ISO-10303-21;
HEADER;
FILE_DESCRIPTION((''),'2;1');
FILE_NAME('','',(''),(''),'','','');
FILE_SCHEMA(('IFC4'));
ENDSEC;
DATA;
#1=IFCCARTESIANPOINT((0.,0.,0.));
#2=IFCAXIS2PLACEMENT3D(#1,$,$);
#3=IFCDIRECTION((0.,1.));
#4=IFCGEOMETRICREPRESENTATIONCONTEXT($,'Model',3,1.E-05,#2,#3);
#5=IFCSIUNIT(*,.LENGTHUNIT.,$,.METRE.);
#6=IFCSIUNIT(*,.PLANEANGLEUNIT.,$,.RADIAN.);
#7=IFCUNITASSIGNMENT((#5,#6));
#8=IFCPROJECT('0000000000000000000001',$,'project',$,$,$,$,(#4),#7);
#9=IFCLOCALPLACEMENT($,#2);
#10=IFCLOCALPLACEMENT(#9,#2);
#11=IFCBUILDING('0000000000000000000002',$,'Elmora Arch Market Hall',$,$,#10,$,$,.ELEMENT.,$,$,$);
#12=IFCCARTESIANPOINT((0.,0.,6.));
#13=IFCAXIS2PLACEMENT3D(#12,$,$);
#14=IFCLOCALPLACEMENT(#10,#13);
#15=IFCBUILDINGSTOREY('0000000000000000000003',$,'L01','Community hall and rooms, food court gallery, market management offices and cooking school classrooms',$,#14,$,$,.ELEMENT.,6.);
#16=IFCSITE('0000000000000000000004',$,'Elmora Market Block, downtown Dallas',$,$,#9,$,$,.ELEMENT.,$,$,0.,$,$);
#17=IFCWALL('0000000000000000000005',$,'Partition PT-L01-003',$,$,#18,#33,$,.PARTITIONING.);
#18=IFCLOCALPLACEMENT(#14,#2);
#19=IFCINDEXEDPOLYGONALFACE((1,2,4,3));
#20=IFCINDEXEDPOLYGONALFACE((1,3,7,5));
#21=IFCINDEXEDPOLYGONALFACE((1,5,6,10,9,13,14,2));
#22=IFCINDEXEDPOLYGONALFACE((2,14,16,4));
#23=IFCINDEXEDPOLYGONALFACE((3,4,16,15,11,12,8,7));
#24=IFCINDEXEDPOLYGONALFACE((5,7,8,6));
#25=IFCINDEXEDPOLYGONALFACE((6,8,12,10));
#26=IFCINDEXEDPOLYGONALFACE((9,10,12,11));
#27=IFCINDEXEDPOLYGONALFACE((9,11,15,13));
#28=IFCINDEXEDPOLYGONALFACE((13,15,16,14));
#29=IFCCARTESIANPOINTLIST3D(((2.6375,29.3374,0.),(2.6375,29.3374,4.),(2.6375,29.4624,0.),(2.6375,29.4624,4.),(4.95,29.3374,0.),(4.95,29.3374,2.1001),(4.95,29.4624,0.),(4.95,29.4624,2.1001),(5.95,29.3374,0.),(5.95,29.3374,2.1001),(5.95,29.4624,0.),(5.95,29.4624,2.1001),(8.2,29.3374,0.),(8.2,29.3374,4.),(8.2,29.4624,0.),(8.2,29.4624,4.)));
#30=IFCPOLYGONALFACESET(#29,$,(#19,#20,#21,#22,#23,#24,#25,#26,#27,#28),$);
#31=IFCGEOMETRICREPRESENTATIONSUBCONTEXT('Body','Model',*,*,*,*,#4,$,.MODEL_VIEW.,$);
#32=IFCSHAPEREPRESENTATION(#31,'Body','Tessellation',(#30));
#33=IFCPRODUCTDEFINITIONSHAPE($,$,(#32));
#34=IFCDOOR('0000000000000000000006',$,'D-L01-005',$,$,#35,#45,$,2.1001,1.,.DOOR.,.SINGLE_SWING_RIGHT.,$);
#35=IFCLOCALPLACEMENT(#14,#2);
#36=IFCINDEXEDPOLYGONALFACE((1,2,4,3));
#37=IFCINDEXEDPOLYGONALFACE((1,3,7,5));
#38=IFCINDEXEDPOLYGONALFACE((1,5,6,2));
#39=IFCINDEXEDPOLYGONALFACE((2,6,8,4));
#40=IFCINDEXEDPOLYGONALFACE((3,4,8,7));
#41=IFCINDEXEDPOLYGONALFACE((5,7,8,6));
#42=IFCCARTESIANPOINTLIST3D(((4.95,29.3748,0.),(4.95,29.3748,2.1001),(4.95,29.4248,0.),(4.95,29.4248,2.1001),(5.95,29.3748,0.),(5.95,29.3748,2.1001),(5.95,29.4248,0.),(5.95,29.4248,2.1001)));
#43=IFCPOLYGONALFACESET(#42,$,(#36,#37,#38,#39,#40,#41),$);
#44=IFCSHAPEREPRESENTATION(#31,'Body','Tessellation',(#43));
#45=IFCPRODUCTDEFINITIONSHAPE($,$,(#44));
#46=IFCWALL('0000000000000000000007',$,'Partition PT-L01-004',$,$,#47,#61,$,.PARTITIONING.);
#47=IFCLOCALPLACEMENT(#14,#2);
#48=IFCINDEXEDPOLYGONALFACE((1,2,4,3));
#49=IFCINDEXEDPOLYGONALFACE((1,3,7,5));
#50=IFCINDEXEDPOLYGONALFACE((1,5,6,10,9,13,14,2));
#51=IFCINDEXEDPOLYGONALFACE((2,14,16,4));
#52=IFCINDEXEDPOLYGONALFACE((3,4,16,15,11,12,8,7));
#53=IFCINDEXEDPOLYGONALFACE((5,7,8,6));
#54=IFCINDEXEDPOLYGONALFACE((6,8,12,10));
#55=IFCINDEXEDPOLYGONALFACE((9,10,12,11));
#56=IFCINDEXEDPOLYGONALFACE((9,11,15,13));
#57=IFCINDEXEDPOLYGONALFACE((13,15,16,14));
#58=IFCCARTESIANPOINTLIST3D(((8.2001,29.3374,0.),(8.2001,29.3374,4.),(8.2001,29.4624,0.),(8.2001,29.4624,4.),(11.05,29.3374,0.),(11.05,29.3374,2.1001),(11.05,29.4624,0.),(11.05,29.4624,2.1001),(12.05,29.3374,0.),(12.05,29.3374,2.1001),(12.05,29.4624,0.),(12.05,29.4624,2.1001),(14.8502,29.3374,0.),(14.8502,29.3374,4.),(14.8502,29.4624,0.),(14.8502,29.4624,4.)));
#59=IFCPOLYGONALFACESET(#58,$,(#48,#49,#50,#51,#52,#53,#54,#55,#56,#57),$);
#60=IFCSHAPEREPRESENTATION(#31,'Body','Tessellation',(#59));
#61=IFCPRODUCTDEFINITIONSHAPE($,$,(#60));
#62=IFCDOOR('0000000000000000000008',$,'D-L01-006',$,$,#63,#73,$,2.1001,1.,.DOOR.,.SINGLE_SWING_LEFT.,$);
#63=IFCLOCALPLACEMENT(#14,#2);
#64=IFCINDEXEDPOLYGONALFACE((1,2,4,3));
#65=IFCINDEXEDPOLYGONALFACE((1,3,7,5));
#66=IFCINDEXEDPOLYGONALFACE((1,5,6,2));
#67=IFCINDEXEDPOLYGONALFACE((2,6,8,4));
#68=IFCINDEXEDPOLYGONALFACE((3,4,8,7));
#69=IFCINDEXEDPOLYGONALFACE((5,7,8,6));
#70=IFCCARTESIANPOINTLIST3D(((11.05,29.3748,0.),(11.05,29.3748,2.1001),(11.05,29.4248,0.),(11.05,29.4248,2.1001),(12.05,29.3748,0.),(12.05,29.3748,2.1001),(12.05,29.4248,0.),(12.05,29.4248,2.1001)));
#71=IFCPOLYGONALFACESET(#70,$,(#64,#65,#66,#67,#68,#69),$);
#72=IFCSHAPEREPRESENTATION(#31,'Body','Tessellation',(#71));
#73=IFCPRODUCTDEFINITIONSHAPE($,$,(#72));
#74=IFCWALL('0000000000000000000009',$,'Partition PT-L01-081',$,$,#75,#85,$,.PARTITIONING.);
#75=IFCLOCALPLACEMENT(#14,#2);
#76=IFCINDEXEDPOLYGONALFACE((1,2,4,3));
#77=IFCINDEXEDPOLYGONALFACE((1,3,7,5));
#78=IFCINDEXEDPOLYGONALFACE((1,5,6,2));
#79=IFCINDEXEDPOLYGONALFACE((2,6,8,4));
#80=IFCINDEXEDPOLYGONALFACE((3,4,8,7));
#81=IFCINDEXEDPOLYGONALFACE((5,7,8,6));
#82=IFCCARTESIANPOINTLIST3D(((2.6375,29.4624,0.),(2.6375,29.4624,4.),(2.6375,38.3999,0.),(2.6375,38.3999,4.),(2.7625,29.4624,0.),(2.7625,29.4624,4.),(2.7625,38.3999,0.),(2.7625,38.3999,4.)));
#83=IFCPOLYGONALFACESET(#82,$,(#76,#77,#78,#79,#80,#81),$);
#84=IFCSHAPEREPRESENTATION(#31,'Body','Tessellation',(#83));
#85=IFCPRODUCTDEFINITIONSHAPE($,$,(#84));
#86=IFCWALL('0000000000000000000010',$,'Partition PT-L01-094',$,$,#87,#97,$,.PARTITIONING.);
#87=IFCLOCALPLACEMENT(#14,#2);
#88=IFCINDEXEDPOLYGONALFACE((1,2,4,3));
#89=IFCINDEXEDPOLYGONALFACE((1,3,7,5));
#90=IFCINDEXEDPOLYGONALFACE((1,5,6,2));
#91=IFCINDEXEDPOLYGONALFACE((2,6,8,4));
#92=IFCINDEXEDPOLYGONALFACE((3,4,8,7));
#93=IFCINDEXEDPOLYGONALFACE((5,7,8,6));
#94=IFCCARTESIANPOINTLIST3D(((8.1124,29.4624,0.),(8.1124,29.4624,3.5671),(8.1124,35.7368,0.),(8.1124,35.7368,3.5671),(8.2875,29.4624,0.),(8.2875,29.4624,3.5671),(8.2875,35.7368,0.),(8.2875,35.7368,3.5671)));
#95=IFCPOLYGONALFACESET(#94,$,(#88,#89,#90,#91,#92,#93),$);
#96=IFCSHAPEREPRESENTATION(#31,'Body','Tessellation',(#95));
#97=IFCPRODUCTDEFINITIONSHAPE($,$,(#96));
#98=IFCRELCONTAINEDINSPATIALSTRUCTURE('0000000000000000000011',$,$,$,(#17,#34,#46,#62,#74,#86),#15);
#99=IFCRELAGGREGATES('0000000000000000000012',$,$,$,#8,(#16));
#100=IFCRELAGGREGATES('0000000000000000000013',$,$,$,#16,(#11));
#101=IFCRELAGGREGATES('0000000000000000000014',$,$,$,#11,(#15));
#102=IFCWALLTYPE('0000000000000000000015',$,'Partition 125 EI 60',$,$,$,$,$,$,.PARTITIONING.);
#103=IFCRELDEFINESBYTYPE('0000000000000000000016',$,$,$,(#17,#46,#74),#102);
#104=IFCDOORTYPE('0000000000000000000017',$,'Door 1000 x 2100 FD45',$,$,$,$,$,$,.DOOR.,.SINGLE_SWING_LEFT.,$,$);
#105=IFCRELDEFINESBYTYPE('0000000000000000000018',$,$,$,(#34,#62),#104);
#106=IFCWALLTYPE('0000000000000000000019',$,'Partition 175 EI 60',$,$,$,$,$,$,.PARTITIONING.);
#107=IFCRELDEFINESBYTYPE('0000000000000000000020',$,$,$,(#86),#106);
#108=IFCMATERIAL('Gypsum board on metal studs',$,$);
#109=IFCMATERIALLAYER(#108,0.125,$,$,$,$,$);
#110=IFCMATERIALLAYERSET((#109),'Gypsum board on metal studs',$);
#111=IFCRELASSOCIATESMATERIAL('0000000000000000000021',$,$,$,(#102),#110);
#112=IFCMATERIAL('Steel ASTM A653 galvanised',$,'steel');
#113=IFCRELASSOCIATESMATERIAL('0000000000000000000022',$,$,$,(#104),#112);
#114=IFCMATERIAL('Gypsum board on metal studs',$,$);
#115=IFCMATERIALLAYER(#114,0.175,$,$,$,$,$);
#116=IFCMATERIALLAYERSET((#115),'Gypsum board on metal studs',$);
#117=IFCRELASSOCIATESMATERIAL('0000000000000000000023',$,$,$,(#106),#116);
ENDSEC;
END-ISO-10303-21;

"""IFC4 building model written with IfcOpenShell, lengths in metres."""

from ifc_helpers import new_model, si_unit, direction, frame, frame_2d, origin, place, context, subcontext, project, spatial, rectangle, extrude, material, layer, layer_set, type_object, element, fill, save


model = new_model("IFC4")

# Units and contexts
model_context = context("Model", 3, precision=1e-05, world=origin(), true_north=direction((0.0, 1.0)))
body_context = subcontext(model_context, "Body", "Model", "MODEL_VIEW")
ifc_project = project(units=[si_unit("LENGTHUNIT", "METRE"), si_unit("PLANEANGLEUNIT", "RADIAN")], contexts=[model_context])

# Site, building, storey
site_placement = place(None, origin())
site = spatial("IfcSite", under=ifc_project, at=site_placement, Name="Elmora Market Block, downtown Dallas", CompositionType="ELEMENT", RefElevation=0.0)
building_placement = place(site_placement, origin())
building = spatial("IfcBuilding", under=site, at=building_placement, Name="Elmora Arch Market Hall", CompositionType="ELEMENT")
storey_placement = place(building_placement, frame((0.0, 0.0, 6.0)))
storey = spatial("IfcBuildingStorey", under=building, at=storey_placement, Name="L01", Description="Community hall and rooms, food court gallery, market management offices and cooking school classrooms", CompositionType="ELEMENT", Elevation=6.0)

# Walls, openings, doors
ifc_material_1 = material(Name="Gypsum board on metal studs")
ifc_layer_1 = layer(ifc_material_1, 0.125)
ifc_layer_set_1 = layer_set([ifc_layer_1], Name="Gypsum board on metal studs")
wall_type_1 = type_object("IfcWallType", Name="Partition 125 EI 60", PredefinedType="PARTITIONING", material=ifc_layer_set_1)
wall_1_placement = place(storey_placement, frame((2.6375, 29.3999, 0.0), z_axis=(0.0, 0.0, 1.0), x_axis=(1.0, 0.0, 0.0)))
wall_1 = element("IfcWall", 1, at=wall_1_placement, inside=storey, type_object=wall_type_1, Name="Partition PT-L01-003", PredefinedType="PARTITIONING", context=body_context, shape_type="SweptSolid", body=[
    extrude(rectangle(XDim=5.5625, YDim=0.125, at=frame_2d((2.7812, 0.0))), origin(), (0.0, 0.0, 1.0), 4.0),
])
opening_1_placement = place(wall_1_placement, frame((2.3125, 0.0, 0.0)))
opening_1 = element("IfcOpeningElement", 2, at=opening_1_placement, cuts=wall_1, PredefinedType="OPENING", context=body_context, shape_type="SweptSolid", body=[
    extrude(rectangle(XDim=1.0, YDim=2.1001, at=frame_2d((0.5, 1.05))), frame((0.0, 0.0725, 0.0), z_axis=(0.0, -1.0, 0.0), x_axis=(1.0, 0.0, 0.0)), (0.0, 0.0, 1.0), 0.145),
])
ifc_material_2 = material(Name="Steel ASTM A653 galvanised", Category="steel")
door_type = type_object("IfcDoorType", Name="Door 1000 x 2100 FD45", OperationType="SINGLE_SWING_LEFT", PredefinedType="DOOR", material=ifc_material_2)
door_1_placement = place(opening_1_placement, origin())
door_1 = element("IfcDoor", 3, at=door_1_placement, inside=storey, type_object=door_type, Name="D-L01-005", OperationType="SINGLE_SWING_RIGHT", OverallHeight=2.1001, OverallWidth=1.0, PredefinedType="DOOR", context=body_context, shape_type="SweptSolid", body=[
    extrude(rectangle(XDim=1.0, YDim=2.1001, at=frame_2d((0.5, 1.05))), frame((0.0, 0.0249, 0.0), z_axis=(0.0, -1.0, 0.0), x_axis=(1.0, 0.0, 0.0)), (0.0, 0.0, 1.0), 0.05),
])
fill(opening_1, door_1)
wall_2_placement = place(storey_placement, frame((8.2, 29.3999, 0.0), z_axis=(0.0, 0.0, 1.0), x_axis=(1.0, 0.0, 0.0)))
wall_2 = element("IfcWall", 4, at=wall_2_placement, inside=storey, type_object=wall_type_1, Name="Partition PT-L01-004", PredefinedType="PARTITIONING", context=body_context, shape_type="SweptSolid", body=[
    extrude(rectangle(XDim=6.6501, YDim=0.125, at=frame_2d((3.3252, 0.0))), origin(), (0.0, 0.0, 1.0), 4.0),
])
opening_2_placement = place(wall_2_placement, frame((2.8501, 0.0, 0.0)))
opening_2 = element("IfcOpeningElement", 5, at=opening_2_placement, cuts=wall_2, PredefinedType="OPENING", context=body_context, shape_type="SweptSolid", body=[
    extrude(rectangle(XDim=1.0, YDim=2.1001, at=frame_2d((0.5, 1.05))), frame((0.0, 0.0725, 0.0), z_axis=(0.0, -1.0, 0.0), x_axis=(1.0, 0.0, 0.0)), (0.0, 0.0, 1.0), 0.145),
])
door_2_placement = place(opening_2_placement, origin())
door_2 = element("IfcDoor", 6, at=door_2_placement, inside=storey, type_object=door_type, Name="D-L01-006", OperationType="SINGLE_SWING_LEFT", OverallHeight=2.1001, OverallWidth=1.0, PredefinedType="DOOR", context=body_context, shape_type="SweptSolid", body=[
    extrude(rectangle(XDim=1.0, YDim=2.1001, at=frame_2d((0.5, 1.05))), frame((0.0, 0.0249, 0.0), z_axis=(0.0, -1.0, 0.0), x_axis=(1.0, 0.0, 0.0)), (0.0, 0.0, 1.0), 0.05),
])
fill(opening_2, door_2)

# Walls
wall_3_placement = place(storey_placement, frame((2.7, 29.4624, 0.0), z_axis=(0.0, 0.0, 1.0), x_axis=(0.0, 1.0, 0.0)))
element("IfcWall", 7, at=wall_3_placement, inside=storey, type_object=wall_type_1, Name="Partition PT-L01-081", PredefinedType="PARTITIONING", context=body_context, shape_type="SweptSolid", body=[
    extrude(rectangle(XDim=8.9375, YDim=0.125, at=frame_2d((4.4688, 0.0))), origin(), (0.0, 0.0, 1.0), 4.0),
])
ifc_material_3 = material(Name="Gypsum board on metal studs")
ifc_layer_2 = layer(ifc_material_3, 0.175)
ifc_layer_set_2 = layer_set([ifc_layer_2], Name="Gypsum board on metal studs")
wall_type_2 = type_object("IfcWallType", Name="Partition 175 EI 60", PredefinedType="PARTITIONING", material=ifc_layer_set_2)
wall_4_placement = place(storey_placement, frame((8.2, 29.4624, 0.0), z_axis=(0.0, 0.0, 1.0), x_axis=(0.0, 1.0, 0.0)))
element("IfcWall", 8, at=wall_4_placement, inside=storey, type_object=wall_type_2, Name="Partition PT-L01-094", PredefinedType="PARTITIONING", context=body_context, shape_type="SweptSolid", body=[
    extrude(rectangle(XDim=6.2744, YDim=0.175, at=frame_2d((3.1372, 0.0))), origin(), (0.0, 0.0, 1.0), 3.5671),
])

save(model, "model.ifc")
